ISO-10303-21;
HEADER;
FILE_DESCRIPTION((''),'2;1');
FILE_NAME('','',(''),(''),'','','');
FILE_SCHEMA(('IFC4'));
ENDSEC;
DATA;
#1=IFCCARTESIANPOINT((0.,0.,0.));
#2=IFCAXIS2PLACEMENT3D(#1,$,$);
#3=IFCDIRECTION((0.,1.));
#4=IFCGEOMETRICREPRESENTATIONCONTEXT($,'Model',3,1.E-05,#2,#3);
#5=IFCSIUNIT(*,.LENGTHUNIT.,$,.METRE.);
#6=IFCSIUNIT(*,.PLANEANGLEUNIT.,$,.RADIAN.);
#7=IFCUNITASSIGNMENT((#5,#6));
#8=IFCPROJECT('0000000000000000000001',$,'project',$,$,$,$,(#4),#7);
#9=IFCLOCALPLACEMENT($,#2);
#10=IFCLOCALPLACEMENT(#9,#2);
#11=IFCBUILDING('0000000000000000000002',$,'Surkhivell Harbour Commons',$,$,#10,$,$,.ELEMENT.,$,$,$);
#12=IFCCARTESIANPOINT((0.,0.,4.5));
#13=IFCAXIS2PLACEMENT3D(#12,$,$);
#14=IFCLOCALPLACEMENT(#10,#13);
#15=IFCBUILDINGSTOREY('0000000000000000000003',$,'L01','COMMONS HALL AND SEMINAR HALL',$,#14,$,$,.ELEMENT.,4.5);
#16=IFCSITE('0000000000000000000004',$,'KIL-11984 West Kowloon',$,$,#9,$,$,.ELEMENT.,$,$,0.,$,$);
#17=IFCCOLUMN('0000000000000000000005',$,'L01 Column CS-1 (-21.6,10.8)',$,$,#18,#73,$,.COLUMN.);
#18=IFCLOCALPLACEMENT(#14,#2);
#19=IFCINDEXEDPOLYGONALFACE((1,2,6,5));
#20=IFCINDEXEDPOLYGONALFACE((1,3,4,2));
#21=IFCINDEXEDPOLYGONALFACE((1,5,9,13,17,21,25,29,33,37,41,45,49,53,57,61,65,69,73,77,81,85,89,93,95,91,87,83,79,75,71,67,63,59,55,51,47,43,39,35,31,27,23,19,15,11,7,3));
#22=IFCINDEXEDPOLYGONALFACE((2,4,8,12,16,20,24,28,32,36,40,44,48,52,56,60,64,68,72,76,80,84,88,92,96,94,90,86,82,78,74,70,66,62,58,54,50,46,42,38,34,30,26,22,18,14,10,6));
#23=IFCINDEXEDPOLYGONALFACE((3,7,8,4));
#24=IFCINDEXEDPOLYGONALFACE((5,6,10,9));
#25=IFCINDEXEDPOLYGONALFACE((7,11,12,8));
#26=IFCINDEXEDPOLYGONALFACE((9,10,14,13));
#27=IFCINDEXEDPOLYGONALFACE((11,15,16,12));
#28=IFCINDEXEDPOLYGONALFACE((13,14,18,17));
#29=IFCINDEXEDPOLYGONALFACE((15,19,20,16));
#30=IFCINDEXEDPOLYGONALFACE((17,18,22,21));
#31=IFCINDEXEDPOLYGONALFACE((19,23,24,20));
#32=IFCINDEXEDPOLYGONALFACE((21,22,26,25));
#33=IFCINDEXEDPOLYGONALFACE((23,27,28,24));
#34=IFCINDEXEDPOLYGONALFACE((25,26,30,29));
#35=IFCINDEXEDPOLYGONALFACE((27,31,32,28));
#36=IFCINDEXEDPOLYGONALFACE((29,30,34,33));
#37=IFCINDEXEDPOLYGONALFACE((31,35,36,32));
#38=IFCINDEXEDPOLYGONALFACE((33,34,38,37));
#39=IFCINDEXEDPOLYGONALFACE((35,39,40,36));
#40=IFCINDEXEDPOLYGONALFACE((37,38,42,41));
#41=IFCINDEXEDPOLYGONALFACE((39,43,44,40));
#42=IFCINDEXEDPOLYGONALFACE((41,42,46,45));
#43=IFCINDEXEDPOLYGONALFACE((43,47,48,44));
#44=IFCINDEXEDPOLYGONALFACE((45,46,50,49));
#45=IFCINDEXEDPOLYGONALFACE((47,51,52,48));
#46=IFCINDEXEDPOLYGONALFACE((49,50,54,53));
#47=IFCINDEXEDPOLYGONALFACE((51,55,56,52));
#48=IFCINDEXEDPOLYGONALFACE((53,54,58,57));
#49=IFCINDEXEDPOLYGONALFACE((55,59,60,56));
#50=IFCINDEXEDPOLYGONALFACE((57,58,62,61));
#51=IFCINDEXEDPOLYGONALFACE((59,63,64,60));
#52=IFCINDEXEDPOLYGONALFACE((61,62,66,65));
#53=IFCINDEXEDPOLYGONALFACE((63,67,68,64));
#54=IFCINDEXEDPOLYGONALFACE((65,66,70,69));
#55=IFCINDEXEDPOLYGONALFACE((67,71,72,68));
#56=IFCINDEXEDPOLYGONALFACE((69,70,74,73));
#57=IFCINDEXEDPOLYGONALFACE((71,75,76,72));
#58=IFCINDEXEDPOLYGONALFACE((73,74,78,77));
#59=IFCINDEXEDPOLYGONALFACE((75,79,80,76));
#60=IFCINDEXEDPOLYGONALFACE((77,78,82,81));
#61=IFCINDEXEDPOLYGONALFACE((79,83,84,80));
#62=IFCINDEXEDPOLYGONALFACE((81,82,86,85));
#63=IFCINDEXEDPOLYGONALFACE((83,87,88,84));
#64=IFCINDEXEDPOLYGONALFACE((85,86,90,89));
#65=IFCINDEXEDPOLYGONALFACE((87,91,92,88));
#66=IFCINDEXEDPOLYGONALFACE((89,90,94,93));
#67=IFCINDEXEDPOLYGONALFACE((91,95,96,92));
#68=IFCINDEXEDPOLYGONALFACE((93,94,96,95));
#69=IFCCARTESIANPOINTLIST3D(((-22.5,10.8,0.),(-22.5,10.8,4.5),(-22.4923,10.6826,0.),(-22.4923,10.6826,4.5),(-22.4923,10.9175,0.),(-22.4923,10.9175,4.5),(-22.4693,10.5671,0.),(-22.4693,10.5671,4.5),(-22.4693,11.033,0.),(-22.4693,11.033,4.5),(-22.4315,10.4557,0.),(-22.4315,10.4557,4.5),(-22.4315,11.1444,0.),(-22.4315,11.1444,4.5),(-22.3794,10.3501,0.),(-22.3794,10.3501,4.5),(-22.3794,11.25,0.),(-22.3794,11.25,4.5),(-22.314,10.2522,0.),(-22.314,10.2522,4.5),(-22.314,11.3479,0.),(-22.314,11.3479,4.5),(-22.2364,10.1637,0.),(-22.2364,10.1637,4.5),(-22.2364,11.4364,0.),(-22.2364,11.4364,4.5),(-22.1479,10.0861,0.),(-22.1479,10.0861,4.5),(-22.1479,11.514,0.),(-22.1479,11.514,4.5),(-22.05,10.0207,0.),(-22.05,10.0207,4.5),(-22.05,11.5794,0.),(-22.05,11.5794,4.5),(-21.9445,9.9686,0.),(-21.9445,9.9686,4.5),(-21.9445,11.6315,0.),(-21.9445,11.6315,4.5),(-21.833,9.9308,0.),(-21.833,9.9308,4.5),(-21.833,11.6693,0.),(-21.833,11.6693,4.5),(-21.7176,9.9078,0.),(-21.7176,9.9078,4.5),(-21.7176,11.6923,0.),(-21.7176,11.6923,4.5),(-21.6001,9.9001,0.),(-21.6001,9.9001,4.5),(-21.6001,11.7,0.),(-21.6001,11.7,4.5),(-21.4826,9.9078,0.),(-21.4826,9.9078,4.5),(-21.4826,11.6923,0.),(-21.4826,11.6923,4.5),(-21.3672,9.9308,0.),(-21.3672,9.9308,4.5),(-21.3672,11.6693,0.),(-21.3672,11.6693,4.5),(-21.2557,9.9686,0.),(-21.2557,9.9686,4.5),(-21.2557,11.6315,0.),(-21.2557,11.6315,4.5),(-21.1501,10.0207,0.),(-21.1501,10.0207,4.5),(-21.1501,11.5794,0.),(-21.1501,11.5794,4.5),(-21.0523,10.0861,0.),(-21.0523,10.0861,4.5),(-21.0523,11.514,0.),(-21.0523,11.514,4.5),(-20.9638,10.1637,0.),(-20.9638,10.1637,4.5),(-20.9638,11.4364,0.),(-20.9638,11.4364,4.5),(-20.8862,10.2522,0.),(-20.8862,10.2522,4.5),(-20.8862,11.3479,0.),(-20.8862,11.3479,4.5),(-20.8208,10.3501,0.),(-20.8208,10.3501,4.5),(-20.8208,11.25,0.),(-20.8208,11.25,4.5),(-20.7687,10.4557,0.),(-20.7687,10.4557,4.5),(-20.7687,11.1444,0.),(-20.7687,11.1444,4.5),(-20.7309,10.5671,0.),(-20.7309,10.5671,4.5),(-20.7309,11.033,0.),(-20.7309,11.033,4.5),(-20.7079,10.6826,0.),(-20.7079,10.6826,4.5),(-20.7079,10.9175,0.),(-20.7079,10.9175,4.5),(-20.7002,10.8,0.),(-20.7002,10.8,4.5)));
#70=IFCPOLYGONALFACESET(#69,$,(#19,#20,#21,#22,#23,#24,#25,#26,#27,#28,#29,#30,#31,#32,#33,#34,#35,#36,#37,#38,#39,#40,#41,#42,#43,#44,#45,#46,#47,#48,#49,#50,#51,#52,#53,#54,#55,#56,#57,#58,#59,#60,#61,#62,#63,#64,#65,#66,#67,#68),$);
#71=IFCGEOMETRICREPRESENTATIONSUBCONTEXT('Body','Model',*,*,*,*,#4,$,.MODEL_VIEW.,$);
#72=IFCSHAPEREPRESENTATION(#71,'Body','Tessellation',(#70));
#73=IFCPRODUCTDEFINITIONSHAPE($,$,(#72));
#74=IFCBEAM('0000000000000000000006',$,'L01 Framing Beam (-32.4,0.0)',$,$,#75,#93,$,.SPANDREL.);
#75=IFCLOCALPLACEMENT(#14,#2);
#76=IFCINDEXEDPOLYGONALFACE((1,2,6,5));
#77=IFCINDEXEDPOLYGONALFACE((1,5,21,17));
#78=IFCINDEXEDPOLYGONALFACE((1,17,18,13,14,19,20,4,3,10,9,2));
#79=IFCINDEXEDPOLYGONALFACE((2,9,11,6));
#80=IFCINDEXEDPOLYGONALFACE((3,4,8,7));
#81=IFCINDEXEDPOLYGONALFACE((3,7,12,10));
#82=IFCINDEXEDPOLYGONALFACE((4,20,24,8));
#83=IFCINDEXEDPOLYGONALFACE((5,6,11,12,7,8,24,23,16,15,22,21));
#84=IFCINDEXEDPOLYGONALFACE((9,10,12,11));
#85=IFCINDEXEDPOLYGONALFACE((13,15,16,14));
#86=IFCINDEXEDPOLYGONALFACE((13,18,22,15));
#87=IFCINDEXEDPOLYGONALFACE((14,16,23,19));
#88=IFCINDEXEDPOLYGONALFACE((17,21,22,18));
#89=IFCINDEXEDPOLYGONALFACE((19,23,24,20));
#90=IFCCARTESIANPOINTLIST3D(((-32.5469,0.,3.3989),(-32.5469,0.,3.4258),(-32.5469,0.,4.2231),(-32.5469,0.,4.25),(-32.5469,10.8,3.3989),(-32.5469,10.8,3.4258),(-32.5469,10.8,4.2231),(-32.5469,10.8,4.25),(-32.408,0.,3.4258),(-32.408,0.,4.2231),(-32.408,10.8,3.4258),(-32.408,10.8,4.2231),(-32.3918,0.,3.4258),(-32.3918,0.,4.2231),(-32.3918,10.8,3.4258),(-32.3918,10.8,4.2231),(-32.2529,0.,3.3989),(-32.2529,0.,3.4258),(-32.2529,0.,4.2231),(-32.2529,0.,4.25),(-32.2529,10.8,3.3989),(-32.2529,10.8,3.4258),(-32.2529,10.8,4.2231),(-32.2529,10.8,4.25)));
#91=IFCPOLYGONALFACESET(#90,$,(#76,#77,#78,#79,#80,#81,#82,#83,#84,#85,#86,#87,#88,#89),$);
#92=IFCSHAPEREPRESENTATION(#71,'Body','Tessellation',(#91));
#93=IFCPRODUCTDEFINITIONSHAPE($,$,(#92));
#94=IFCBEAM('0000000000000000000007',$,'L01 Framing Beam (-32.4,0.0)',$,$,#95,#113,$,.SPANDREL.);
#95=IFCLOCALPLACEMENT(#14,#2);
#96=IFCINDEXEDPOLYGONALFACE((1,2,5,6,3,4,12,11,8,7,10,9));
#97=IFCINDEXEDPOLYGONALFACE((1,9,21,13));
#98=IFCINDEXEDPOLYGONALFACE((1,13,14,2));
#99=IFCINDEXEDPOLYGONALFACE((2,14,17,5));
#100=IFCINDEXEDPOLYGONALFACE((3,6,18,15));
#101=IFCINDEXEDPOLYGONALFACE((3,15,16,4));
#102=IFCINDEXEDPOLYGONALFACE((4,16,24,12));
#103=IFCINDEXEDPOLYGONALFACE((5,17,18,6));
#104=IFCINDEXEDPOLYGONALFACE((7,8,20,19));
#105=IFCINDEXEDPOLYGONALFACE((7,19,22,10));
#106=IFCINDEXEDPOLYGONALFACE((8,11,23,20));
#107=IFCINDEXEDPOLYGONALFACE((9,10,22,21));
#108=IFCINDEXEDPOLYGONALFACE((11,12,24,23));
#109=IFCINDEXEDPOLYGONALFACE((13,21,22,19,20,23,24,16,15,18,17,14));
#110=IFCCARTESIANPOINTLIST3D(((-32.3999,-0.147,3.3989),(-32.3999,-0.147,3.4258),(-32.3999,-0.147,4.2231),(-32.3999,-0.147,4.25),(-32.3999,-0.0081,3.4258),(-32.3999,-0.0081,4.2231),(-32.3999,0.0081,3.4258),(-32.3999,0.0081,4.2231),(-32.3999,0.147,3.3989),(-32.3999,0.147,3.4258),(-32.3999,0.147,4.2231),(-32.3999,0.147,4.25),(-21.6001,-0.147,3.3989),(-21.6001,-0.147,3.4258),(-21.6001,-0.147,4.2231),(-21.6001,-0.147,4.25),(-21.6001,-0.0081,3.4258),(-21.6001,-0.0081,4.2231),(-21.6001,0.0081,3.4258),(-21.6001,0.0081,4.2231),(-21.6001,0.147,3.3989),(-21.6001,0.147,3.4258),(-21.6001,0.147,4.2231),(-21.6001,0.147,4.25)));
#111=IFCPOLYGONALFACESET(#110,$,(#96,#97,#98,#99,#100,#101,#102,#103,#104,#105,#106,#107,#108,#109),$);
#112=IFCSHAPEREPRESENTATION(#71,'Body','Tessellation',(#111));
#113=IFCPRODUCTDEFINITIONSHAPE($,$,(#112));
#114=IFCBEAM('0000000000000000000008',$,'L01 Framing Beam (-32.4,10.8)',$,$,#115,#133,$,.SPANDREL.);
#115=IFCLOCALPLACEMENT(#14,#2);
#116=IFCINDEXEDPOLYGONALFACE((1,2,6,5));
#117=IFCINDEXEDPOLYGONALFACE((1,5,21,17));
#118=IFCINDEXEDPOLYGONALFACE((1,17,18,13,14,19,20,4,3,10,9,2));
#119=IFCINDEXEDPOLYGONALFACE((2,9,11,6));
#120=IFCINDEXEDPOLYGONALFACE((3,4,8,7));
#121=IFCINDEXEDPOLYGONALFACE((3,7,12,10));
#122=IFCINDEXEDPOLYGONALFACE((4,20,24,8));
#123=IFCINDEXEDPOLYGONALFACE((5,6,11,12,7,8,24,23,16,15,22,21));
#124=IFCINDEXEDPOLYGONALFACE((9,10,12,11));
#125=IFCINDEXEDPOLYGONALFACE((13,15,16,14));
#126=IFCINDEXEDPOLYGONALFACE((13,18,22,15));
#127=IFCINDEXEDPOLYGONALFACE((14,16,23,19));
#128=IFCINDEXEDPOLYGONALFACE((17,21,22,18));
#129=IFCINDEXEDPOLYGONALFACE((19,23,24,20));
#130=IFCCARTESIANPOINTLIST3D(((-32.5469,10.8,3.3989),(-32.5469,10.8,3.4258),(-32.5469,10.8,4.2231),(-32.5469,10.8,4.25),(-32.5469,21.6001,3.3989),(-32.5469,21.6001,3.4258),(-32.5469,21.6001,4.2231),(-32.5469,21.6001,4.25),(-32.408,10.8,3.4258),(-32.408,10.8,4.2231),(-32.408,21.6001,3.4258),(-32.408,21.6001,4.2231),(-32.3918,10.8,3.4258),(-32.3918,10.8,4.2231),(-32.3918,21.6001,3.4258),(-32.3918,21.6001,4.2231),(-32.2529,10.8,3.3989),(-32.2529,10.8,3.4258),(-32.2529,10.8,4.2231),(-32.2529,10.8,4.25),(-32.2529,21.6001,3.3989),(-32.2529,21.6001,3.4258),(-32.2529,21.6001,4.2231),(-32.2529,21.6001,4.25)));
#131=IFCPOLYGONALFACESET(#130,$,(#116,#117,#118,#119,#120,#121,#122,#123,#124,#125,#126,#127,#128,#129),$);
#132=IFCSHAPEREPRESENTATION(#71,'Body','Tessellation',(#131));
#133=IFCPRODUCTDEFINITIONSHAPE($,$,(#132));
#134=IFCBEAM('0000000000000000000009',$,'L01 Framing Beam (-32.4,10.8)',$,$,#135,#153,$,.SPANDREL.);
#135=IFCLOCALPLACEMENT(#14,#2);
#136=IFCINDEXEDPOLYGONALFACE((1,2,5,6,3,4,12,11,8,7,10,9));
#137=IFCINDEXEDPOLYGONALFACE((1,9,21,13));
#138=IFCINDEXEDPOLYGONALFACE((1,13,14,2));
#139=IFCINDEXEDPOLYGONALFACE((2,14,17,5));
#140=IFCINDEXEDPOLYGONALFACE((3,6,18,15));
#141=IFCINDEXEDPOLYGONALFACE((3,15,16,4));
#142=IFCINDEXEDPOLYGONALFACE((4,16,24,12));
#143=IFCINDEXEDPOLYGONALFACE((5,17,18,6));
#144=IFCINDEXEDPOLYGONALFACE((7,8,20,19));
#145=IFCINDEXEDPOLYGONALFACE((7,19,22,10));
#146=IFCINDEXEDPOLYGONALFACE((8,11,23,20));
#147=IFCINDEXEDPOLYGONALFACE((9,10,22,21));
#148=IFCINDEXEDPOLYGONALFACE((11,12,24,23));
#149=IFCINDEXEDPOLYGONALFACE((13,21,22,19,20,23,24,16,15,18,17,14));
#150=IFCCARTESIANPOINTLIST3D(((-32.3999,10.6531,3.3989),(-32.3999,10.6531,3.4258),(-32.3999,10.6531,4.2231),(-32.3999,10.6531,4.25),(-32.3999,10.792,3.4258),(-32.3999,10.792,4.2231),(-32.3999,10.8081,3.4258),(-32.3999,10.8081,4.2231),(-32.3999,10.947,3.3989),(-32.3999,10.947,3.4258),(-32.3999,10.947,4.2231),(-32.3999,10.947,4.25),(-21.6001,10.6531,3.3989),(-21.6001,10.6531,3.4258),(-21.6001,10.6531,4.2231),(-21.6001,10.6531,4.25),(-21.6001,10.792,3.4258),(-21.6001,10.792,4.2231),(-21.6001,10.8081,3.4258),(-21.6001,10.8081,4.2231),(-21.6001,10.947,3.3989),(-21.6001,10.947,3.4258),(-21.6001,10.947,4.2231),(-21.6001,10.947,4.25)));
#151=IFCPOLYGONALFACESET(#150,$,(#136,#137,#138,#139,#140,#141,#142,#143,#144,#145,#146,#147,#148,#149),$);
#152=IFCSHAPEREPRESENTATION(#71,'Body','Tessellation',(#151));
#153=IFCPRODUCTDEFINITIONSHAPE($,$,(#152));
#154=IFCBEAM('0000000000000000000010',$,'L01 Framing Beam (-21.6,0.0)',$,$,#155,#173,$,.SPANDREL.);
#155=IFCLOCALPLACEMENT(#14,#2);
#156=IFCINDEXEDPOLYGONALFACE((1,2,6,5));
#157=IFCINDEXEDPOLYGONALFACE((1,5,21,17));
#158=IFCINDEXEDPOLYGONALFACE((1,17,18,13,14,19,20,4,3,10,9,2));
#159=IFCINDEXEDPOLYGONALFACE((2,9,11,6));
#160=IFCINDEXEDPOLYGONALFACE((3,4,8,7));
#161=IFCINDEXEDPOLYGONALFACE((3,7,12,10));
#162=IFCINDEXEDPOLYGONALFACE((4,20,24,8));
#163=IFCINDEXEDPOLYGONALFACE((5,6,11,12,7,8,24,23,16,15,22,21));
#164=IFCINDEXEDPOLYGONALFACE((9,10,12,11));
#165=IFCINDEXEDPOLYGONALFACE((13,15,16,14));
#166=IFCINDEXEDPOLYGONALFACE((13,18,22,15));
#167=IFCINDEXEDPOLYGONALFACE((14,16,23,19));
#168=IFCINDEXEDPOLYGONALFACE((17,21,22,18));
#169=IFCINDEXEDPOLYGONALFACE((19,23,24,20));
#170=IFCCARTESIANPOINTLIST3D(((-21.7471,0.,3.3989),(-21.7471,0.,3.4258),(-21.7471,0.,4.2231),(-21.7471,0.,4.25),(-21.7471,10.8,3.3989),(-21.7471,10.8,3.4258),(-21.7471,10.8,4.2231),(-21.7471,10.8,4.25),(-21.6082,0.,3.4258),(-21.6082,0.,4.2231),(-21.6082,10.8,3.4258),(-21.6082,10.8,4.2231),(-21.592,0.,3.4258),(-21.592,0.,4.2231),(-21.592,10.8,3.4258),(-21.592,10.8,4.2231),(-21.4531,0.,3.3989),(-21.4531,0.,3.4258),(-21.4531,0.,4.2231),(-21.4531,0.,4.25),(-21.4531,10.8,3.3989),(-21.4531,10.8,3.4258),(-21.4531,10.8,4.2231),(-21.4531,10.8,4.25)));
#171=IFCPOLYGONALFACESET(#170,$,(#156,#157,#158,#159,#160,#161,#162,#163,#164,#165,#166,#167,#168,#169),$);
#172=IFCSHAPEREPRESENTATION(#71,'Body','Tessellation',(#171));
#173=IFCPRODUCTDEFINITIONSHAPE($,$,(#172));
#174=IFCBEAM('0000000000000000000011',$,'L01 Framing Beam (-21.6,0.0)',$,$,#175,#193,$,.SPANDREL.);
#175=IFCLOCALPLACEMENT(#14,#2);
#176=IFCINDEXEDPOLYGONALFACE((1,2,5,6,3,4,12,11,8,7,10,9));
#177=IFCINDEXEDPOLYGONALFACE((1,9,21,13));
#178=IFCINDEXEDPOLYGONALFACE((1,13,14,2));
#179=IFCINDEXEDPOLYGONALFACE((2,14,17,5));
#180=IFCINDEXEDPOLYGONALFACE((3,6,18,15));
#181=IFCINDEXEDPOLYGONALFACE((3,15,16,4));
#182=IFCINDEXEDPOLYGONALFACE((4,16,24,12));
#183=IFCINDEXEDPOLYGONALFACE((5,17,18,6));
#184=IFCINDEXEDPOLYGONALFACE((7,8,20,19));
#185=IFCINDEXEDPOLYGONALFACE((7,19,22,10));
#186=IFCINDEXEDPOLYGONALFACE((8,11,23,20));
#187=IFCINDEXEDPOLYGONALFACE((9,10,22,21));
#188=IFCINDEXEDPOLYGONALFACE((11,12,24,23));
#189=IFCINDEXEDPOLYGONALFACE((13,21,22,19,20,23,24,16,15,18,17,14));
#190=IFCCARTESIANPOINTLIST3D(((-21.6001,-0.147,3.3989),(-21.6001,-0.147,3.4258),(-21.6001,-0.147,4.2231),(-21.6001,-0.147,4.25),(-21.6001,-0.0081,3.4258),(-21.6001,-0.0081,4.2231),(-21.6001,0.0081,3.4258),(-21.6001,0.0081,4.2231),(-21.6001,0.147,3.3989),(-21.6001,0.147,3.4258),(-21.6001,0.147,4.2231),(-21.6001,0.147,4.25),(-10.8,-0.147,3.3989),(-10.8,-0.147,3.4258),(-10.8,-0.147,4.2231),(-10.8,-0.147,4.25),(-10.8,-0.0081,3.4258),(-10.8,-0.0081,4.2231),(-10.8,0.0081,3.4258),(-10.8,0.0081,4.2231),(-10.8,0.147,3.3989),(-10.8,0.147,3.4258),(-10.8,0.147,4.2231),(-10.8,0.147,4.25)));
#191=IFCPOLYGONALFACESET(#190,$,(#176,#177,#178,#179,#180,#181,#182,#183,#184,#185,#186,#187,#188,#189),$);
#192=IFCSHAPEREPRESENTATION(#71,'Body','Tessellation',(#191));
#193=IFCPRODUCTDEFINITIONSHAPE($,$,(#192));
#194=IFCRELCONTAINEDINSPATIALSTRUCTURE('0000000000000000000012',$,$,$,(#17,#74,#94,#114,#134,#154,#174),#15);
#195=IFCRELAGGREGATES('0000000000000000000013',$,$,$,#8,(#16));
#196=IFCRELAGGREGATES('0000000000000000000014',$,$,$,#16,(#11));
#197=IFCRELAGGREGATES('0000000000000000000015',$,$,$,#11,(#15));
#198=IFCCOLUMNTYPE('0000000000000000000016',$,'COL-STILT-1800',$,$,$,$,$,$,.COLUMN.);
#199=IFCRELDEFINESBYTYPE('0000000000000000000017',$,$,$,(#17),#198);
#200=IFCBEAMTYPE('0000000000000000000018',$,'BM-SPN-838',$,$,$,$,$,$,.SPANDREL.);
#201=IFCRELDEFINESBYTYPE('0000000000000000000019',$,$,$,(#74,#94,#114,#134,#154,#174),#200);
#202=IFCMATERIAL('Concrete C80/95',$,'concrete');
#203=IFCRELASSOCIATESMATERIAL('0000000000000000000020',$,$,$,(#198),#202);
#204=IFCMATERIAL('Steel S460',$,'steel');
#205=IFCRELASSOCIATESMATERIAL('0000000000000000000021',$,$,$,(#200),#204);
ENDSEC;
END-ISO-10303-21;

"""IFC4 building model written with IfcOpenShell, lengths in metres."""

from ifc_helpers import new_model, si_unit, direction, frame, origin, origin_2d, place, context, subcontext, project, spatial, circle, i_section, extrude, material, material_profile, profile_set, type_object, element, save


model = new_model("IFC4")

# Units and contexts
model_context = context("Model", 3, precision=1e-05, world=origin(), true_north=direction((0.0, 1.0)))
body_context = subcontext(model_context, "Body", "Model", "MODEL_VIEW")
ifc_project = project(units=[si_unit("LENGTHUNIT", "METRE"), si_unit("PLANEANGLEUNIT", "RADIAN")], contexts=[model_context])

# Site, building, storey
site_placement = place(None, origin())
site = spatial("IfcSite", under=ifc_project, at=site_placement, Name="KIL-11984 West Kowloon", CompositionType="ELEMENT", RefElevation=0.0)
building_placement = place(site_placement, origin())
building = spatial("IfcBuilding", under=site, at=building_placement, Name="Surkhivell Harbour Commons", CompositionType="ELEMENT")
storey_placement = place(building_placement, frame((0.0, 0.0, 4.5)))
storey = spatial("IfcBuildingStorey", under=building, at=storey_placement, Name="L01", Description="COMMONS HALL AND SEMINAR HALL", CompositionType="ELEMENT", Elevation=4.5)

# Column
ifc_material_1 = material(Name="Concrete C80/95", Category="concrete")
ifc_material_profile_1 = material_profile(ifc_material_1, circle(Radius=0.8999, at=origin_2d()), Name="RC-CIRC-1800")
ifc_profile_set_1 = profile_set([ifc_material_profile_1], Name="Concrete C80/95")
column_type_1 = type_object("IfcColumnType", Name="COL-STILT-1800", PredefinedType="COLUMN", material=ifc_profile_set_1)
for number, where, z_axis, x_axis, name in (
    (1, (-21.6001, 10.8, 0.0), (0.0, 0.0, 1.0), (1.0, 0.0, 0.0), "L01 Column CS-1 (-21.6,10.8)"),
):
    element("IfcColumn", number, at=place(storey_placement, frame(where, z_axis=z_axis, x_axis=x_axis)), inside=storey, type_object=column_type_1, Name=name, PredefinedType="COLUMN", context=body_context, shape_type="SweptSolid", body=[
        extrude(circle(Radius=0.8999, at=origin_2d()), origin(), (0.0, 0.0, 1.0), 4.5),
    ])

# Beams
ifc_material_2 = material(Name="Steel S460", Category="steel")
ifc_material_profile_2 = material_profile(ifc_material_2, i_section(OverallWidth=0.2939, OverallDepth=0.8511, WebThickness=0.0161, FlangeThickness=0.0269, at=origin_2d()), Name="UB838x292x226")
ifc_profile_set_2 = profile_set([ifc_material_profile_2], Name="Steel S460")
beam_type = type_object("IfcBeamType", Name="BM-SPN-838", PredefinedType="SPANDREL", material=ifc_profile_set_2)
beam_1_placement = place(storey_placement, frame((-32.3999, 0.0, 3.8245), z_axis=(0.0, 1.0, 0.0), x_axis=(-1.0, 0.0, 0.0)))
element("IfcBeam", 2, at=beam_1_placement, inside=storey, type_object=beam_type, Name="L01 Framing Beam (-32.4,0.0)", PredefinedType="SPANDREL", context=body_context, shape_type="SweptSolid", body=[
    extrude(i_section(OverallWidth=0.2939, OverallDepth=0.8511, WebThickness=0.0161, FlangeThickness=0.0269, at=origin_2d()), origin(), (0.0, 0.0, 1.0), 10.8),
])
beam_2_placement = place(storey_placement, frame((-32.3999, 0.0, 3.8245), z_axis=(1.0, 0.0, 0.0), x_axis=(0.0, 1.0, 0.0)))
element("IfcBeam", 3, at=beam_2_placement, inside=storey, type_object=beam_type, Name="L01 Framing Beam (-32.4,0.0)", PredefinedType="SPANDREL", context=body_context, shape_type="SweptSolid", body=[
    extrude(i_section(OverallWidth=0.2939, OverallDepth=0.8511, WebThickness=0.0161, FlangeThickness=0.0269, at=origin_2d()), origin(), (0.0, 0.0, 1.0), 10.7998),
])
beam_3_placement = place(storey_placement, frame((-32.3999, 10.8, 3.8245), z_axis=(0.0, 1.0, 0.0), x_axis=(-1.0, 0.0, 0.0)))
element("IfcBeam", 4, at=beam_3_placement, inside=storey, type_object=beam_type, Name="L01 Framing Beam (-32.4,10.8)", PredefinedType="SPANDREL", context=body_context, shape_type="SweptSolid", body=[
    extrude(i_section(OverallWidth=0.2939, OverallDepth=0.8511, WebThickness=0.0161, FlangeThickness=0.0269, at=origin_2d()), origin(), (0.0, 0.0, 1.0), 10.8),
])
beam_4_placement = place(storey_placement, frame((-32.3999, 10.8, 3.8245), z_axis=(1.0, 0.0, 0.0), x_axis=(0.0, 1.0, 0.0)))
element("IfcBeam", 5, at=beam_4_placement, inside=storey, type_object=beam_type, Name="L01 Framing Beam (-32.4,10.8)", PredefinedType="SPANDREL", context=body_context, shape_type="SweptSolid", body=[
    extrude(i_section(OverallWidth=0.2939, OverallDepth=0.8511, WebThickness=0.0161, FlangeThickness=0.0269, at=origin_2d()), origin(), (0.0, 0.0, 1.0), 10.7998),
])
for number, where, z_axis, x_axis, name in (
    (6, (-21.6001, 0.0, 3.8245), (0.0, 1.0, 0.0), (-1.0, 0.0, 0.0), "L01 Framing Beam (-21.6,0.0)"),
    (7, (-21.6001, 0.0, 3.8245), (1.0, 0.0, 0.0), (0.0, 1.0, 0.0), "L01 Framing Beam (-21.6,0.0)"),
):
    element("IfcBeam", number, at=place(storey_placement, frame(where, z_axis=z_axis, x_axis=x_axis)), inside=storey, type_object=beam_type, Name=name, PredefinedType="SPANDREL", context=body_context, shape_type="SweptSolid", body=[
        extrude(i_section(OverallWidth=0.2939, OverallDepth=0.8511, WebThickness=0.0161, FlangeThickness=0.0269, at=origin_2d()), origin(), (0.0, 0.0, 1.0), 10.8),
    ])

save(model, "model.ifc")
